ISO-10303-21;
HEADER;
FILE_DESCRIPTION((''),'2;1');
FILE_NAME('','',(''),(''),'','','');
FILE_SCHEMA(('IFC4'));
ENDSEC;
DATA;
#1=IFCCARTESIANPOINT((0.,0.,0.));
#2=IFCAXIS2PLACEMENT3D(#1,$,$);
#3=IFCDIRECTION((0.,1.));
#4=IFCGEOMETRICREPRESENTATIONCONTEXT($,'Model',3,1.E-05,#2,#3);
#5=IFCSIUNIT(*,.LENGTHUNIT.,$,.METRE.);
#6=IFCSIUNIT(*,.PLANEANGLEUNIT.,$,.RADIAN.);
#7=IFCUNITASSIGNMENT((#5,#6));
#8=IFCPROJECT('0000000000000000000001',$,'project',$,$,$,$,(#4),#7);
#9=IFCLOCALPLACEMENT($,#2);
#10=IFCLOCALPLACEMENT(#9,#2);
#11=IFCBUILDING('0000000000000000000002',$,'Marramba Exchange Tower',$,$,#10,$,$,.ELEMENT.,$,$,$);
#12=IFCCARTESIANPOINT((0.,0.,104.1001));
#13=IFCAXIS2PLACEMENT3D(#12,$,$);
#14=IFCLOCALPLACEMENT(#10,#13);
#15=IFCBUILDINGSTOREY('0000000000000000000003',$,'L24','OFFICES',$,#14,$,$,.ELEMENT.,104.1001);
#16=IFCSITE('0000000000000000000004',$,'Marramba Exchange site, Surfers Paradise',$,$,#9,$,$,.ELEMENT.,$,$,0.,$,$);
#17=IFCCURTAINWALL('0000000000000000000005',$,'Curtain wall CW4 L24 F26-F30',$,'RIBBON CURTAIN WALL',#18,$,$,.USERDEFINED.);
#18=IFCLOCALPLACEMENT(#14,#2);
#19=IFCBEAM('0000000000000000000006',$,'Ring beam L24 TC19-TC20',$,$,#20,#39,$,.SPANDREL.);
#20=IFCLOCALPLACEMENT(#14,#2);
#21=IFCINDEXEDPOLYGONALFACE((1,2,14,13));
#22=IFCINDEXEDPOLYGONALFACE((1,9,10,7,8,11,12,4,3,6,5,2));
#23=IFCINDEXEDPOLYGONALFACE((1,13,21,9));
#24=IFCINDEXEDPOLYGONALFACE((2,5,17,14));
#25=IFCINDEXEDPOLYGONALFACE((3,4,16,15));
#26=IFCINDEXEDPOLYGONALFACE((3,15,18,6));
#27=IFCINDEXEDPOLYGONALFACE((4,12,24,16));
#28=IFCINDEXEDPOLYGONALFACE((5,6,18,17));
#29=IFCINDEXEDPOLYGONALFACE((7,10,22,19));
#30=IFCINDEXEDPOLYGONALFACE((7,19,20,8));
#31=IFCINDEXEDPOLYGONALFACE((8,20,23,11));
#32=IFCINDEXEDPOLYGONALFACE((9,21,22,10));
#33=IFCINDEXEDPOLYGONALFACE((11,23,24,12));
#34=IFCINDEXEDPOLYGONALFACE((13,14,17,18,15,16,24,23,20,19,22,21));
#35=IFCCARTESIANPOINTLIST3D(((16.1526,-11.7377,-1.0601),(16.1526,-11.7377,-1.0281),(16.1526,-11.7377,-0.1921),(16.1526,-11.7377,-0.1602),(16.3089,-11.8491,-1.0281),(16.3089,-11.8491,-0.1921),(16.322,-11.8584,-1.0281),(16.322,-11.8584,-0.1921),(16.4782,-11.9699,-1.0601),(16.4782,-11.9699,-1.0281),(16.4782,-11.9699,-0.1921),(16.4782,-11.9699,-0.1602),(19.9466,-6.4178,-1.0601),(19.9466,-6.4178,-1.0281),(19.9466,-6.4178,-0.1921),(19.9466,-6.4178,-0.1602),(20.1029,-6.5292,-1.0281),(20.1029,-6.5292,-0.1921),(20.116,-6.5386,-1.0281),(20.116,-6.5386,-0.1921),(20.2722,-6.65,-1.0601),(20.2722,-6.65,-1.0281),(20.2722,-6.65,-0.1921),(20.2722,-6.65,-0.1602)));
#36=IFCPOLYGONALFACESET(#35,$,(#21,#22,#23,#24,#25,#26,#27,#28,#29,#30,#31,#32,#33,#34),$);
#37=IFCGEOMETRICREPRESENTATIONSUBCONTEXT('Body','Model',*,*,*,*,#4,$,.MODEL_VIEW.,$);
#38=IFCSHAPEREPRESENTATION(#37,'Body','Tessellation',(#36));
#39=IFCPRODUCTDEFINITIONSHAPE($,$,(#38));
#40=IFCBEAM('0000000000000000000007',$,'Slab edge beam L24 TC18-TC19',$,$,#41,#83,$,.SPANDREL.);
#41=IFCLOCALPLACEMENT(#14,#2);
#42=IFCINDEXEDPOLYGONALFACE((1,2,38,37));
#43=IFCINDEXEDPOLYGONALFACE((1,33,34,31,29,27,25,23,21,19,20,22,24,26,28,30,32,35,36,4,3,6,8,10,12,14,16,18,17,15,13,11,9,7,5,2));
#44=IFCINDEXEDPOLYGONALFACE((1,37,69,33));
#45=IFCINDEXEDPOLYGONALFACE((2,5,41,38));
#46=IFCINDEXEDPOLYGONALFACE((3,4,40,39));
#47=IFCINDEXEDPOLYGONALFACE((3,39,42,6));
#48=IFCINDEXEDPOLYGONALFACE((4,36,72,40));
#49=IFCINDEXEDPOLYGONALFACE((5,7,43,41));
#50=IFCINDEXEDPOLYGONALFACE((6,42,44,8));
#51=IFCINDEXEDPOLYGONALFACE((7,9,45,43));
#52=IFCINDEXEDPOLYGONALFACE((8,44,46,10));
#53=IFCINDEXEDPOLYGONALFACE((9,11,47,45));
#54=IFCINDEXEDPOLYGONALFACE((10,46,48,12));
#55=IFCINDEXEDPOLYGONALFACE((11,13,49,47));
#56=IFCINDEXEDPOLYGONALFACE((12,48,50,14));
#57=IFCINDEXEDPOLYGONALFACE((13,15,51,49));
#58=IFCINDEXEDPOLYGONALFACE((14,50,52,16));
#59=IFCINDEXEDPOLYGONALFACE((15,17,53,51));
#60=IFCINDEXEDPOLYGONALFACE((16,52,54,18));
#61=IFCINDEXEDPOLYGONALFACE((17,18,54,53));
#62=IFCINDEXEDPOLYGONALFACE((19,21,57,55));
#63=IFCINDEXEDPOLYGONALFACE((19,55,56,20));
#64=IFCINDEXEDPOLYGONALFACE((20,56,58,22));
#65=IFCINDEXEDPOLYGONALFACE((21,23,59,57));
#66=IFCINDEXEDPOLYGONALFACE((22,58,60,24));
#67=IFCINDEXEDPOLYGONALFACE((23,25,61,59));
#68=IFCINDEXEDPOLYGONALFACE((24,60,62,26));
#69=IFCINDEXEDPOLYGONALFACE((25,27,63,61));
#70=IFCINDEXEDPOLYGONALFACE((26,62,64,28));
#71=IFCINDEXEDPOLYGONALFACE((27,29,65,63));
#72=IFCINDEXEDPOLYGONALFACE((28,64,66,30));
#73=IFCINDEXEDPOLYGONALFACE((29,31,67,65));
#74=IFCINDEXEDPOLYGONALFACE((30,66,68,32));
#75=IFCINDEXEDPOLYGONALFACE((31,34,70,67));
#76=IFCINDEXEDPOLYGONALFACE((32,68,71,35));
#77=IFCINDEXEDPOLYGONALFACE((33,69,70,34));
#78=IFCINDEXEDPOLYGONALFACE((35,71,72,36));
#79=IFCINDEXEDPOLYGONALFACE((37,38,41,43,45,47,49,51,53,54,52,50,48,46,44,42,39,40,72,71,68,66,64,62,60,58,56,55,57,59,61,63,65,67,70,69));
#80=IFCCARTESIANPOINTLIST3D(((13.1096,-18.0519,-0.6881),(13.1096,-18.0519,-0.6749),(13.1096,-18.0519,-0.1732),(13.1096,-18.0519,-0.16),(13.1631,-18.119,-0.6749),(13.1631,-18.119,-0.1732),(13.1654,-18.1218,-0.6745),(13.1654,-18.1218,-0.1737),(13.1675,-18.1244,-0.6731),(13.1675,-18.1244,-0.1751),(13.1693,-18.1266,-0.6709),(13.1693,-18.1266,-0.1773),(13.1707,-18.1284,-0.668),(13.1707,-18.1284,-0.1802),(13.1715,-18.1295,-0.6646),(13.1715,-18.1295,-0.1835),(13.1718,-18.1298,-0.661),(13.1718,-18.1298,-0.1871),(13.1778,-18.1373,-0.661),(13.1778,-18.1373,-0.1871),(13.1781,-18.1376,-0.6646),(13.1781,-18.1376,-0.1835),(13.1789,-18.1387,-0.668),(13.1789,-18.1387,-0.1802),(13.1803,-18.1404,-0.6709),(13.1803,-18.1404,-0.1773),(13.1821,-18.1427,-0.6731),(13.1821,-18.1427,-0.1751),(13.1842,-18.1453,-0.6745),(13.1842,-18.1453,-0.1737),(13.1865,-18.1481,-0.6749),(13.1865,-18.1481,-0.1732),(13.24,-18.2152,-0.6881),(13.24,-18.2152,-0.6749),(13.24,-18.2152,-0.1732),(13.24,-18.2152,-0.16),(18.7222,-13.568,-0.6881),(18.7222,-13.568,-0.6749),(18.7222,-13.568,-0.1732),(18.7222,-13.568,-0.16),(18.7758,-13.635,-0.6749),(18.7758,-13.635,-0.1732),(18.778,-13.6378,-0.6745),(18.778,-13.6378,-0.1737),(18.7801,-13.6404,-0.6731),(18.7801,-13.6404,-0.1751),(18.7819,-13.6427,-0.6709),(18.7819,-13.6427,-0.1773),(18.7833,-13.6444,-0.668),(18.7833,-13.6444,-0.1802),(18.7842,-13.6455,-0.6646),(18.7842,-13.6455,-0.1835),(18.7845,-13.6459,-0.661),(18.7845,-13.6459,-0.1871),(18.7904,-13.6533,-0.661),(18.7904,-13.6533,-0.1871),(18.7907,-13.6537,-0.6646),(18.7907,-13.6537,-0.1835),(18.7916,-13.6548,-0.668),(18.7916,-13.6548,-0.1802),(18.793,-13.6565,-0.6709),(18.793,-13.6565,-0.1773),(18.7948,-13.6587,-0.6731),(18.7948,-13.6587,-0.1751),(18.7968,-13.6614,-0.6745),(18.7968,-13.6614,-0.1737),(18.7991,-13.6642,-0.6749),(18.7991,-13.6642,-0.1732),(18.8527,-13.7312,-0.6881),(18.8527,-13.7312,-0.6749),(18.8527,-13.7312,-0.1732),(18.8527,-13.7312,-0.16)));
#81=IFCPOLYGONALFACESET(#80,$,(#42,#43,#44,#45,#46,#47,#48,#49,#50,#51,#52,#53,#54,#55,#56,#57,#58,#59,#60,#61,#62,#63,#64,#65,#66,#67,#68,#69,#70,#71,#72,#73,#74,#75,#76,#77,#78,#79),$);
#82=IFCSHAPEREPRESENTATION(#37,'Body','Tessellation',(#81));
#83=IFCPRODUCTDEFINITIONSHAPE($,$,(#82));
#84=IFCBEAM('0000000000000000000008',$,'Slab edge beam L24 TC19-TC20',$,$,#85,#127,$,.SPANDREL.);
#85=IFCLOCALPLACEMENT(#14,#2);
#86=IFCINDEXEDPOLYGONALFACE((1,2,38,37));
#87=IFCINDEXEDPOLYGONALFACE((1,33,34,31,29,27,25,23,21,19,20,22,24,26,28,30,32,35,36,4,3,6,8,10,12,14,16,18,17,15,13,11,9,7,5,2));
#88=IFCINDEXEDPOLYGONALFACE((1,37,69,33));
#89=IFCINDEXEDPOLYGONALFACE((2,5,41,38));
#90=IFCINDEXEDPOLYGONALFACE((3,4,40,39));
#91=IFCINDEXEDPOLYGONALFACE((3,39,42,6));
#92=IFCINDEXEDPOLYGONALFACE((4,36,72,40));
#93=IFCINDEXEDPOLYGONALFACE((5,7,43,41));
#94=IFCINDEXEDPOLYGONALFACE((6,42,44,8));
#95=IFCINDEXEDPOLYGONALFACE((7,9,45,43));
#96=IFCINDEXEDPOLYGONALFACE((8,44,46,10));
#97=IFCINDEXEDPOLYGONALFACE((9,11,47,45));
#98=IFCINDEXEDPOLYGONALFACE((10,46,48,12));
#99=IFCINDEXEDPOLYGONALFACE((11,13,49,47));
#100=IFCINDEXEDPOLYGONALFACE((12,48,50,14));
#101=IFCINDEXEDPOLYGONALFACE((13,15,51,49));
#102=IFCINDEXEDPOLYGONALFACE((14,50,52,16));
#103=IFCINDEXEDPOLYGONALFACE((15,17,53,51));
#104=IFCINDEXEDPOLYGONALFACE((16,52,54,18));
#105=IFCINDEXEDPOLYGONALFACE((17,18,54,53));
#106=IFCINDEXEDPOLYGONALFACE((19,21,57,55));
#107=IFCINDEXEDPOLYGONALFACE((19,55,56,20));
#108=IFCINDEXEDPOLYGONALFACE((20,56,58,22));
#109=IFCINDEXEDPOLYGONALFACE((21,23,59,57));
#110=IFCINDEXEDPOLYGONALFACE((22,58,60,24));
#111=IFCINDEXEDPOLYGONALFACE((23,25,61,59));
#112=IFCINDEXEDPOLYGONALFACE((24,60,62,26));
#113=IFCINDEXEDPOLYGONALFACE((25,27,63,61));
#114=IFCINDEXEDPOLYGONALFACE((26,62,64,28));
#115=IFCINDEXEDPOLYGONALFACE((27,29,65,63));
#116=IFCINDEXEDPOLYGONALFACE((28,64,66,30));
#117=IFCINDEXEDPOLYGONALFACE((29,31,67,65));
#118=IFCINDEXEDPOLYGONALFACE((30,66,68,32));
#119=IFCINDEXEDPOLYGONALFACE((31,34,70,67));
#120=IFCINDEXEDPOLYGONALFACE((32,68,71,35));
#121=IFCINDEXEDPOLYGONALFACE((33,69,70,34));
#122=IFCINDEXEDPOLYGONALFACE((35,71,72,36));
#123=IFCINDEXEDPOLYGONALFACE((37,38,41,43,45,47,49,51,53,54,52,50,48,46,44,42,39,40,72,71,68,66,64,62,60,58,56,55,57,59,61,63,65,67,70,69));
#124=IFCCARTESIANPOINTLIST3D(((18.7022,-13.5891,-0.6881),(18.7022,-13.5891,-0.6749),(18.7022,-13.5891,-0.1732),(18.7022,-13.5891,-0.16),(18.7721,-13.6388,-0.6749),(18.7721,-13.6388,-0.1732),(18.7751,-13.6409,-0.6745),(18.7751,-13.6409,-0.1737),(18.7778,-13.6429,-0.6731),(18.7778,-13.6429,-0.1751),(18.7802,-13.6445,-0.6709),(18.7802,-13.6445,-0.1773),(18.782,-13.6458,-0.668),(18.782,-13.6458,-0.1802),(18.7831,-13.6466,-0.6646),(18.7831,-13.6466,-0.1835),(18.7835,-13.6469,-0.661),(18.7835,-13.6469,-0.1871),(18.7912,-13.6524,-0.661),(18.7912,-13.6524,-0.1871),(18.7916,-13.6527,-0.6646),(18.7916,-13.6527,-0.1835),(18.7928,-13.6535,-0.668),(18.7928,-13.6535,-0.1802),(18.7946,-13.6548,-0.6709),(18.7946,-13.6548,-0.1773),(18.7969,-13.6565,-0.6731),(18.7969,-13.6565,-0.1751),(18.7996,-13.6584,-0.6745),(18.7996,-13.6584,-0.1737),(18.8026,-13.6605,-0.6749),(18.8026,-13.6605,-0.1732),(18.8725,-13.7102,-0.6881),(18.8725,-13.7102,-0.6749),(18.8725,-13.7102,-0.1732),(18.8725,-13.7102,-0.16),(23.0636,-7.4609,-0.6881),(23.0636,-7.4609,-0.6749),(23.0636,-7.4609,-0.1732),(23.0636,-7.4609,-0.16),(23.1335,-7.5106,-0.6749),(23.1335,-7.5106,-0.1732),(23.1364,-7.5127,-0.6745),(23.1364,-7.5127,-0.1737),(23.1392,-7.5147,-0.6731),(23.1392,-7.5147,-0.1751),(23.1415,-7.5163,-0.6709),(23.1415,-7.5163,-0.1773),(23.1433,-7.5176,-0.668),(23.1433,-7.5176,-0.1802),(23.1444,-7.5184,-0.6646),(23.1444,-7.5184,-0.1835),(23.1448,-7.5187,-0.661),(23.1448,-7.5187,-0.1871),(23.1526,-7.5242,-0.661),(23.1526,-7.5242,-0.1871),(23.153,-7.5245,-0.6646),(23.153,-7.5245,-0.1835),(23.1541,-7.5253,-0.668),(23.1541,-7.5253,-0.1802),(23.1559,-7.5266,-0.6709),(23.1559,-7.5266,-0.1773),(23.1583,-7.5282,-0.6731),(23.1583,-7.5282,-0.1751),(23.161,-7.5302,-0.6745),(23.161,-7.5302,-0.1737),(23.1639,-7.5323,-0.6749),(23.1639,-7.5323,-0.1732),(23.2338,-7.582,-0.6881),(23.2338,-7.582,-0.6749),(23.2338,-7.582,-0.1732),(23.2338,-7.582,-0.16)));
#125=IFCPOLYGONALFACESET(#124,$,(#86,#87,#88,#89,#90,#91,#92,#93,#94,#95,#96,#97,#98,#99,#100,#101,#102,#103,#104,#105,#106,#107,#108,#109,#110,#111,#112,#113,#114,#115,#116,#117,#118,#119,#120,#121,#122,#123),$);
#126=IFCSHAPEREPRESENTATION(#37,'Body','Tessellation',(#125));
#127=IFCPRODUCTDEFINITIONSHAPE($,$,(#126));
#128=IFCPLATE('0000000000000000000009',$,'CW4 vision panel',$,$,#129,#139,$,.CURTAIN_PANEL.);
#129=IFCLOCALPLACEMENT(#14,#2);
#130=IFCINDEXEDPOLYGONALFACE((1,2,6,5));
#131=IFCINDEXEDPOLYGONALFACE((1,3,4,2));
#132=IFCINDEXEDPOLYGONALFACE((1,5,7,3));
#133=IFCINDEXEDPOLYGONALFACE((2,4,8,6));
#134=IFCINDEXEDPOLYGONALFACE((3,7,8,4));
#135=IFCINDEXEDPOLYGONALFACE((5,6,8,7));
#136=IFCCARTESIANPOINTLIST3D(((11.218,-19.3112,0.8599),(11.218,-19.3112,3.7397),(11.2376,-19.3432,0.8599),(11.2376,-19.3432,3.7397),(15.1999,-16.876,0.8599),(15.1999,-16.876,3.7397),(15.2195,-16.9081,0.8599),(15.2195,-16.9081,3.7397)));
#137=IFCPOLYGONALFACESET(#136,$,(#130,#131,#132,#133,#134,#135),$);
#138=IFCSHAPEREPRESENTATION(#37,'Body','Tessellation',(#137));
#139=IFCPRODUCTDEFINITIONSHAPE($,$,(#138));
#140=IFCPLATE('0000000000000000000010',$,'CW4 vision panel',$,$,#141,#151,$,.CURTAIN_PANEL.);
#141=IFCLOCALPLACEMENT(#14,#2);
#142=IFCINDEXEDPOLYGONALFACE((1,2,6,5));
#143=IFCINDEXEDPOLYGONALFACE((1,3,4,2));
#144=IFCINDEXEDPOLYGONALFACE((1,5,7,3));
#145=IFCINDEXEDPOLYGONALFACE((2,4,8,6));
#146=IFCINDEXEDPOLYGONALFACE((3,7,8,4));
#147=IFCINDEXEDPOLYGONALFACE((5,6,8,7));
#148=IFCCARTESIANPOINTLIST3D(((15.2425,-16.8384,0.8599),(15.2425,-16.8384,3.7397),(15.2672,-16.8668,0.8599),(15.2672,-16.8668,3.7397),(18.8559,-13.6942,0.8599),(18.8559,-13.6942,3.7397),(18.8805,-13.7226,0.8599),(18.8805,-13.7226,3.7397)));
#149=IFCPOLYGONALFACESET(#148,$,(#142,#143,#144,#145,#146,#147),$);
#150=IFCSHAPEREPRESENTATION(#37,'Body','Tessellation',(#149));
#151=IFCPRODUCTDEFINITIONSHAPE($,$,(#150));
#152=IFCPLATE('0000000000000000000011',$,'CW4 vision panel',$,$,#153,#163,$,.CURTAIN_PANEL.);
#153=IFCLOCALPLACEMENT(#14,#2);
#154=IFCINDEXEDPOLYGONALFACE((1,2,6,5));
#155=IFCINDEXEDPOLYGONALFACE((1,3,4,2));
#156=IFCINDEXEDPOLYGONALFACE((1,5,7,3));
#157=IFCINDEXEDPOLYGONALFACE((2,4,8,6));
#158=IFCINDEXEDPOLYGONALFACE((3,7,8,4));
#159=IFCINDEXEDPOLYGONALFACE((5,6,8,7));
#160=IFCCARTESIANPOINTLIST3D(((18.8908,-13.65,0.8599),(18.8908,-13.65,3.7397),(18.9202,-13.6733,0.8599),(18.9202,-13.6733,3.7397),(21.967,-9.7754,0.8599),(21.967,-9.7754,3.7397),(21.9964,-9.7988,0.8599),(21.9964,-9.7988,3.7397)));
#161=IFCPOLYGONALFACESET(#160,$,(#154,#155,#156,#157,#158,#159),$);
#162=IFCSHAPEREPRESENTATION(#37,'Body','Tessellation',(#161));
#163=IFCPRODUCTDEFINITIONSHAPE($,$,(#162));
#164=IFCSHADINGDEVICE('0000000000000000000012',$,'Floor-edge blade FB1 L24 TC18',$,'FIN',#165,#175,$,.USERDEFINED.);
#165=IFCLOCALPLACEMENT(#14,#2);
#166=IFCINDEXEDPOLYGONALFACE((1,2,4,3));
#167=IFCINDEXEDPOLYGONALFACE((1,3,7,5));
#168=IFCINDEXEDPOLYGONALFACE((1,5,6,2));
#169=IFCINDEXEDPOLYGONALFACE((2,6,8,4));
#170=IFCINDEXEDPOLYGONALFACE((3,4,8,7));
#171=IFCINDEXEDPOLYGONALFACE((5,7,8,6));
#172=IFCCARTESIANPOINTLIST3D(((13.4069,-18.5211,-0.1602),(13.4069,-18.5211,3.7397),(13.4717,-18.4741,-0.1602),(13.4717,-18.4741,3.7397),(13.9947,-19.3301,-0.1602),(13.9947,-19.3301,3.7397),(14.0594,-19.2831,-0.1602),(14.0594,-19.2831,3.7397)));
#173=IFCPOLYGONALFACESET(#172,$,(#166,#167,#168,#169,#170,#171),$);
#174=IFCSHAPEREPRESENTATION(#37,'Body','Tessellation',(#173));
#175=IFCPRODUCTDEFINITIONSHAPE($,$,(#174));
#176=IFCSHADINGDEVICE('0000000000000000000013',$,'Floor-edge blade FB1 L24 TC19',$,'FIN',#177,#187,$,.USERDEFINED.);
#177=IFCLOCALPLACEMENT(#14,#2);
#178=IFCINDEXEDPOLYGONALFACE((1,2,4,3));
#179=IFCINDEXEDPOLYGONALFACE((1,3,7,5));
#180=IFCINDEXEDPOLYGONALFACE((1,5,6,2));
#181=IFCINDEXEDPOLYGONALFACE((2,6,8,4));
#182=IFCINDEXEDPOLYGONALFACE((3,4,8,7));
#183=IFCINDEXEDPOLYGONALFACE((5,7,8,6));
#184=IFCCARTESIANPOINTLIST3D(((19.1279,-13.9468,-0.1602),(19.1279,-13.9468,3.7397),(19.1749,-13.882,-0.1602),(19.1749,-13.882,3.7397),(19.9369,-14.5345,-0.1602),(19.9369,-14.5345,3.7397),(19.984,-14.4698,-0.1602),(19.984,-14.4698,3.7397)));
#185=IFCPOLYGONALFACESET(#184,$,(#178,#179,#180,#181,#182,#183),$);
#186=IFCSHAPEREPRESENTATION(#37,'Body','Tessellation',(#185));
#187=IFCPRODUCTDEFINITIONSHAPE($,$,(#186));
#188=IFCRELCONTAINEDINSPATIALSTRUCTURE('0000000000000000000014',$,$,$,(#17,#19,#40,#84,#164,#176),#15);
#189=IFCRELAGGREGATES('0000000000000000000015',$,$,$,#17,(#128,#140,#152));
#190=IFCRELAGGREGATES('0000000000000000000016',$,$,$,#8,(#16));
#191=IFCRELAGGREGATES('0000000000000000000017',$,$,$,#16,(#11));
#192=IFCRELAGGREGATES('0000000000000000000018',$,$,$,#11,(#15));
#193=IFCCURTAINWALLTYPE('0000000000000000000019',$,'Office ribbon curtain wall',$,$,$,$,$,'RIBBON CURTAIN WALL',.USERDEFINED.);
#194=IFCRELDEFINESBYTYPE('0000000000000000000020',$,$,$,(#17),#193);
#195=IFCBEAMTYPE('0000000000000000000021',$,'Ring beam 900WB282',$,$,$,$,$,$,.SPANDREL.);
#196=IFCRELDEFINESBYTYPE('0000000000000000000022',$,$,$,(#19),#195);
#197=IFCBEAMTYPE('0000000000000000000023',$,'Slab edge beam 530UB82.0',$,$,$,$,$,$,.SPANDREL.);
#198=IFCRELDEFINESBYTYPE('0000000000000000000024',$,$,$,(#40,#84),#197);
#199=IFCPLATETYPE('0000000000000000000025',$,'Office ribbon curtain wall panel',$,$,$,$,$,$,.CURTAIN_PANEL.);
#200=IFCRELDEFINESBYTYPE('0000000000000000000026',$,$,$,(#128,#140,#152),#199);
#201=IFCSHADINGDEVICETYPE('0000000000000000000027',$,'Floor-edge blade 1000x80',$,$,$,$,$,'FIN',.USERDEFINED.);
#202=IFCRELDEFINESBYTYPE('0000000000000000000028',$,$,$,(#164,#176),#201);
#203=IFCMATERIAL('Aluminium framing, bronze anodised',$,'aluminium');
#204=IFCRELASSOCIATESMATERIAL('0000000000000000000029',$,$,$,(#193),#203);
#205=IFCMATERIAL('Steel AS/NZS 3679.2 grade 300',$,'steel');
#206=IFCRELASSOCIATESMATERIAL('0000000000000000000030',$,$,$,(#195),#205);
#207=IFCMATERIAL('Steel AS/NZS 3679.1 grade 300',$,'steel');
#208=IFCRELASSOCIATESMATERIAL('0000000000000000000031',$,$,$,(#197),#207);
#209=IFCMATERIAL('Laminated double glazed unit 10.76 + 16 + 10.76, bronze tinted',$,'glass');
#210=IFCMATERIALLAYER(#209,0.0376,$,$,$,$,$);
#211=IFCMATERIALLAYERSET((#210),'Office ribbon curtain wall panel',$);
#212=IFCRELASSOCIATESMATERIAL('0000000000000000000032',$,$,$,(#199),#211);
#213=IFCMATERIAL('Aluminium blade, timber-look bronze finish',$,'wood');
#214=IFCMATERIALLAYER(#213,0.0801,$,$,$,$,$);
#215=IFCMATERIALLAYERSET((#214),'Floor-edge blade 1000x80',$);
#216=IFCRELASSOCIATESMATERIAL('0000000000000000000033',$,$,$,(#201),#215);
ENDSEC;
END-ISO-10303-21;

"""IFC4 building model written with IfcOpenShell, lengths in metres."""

from ifc_helpers import new_model, si_unit, direction, frame, origin, origin_2d, place, context, subcontext, project, spatial, rectangle, i_section, extrude, material, layer, layer_set, material_profile, profile_set, type_object, element, aggregate, save


model = new_model("IFC4")

# Units and contexts
model_context = context("Model", 3, precision=1e-05, world=origin(), true_north=direction((0.0, 1.0)))
body_context = subcontext(model_context, "Body", "Model", "MODEL_VIEW")
ifc_project = project(units=[si_unit("LENGTHUNIT", "METRE"), si_unit("PLANEANGLEUNIT", "RADIAN")], contexts=[model_context])

# Site, building, storey
site_placement = place(None, origin())
site = spatial("IfcSite", under=ifc_project, at=site_placement, Name="Marramba Exchange site, Surfers Paradise", CompositionType="ELEMENT", RefElevation=0.0)
building_placement = place(site_placement, origin())
building = spatial("IfcBuilding", under=site, at=building_placement, Name="Marramba Exchange Tower", CompositionType="ELEMENT")
storey_placement = place(building_placement, frame((0.0, 0.0, 104.1001)))
storey = spatial("IfcBuildingStorey", under=building, at=storey_placement, Name="L24", Description="OFFICES", CompositionType="ELEMENT", Elevation=104.1001)

# Shared definitions
ifc_material_1 = material(Name="Steel AS/NZS 3679.2 grade 300", Category="steel")

# Curtain wall
ifc_material_2 = material(Name="Aluminium framing, bronze anodised", Category="aluminium")
curtain_wall_type = type_object("IfcCurtainWallType", Name="Office ribbon curtain wall", ElementType="RIBBON CURTAIN WALL", PredefinedType="USERDEFINED", material=ifc_material_2)
curtain_wall_placement = place(storey_placement, origin())
curtain_wall = element("IfcCurtainWall", 1, at=curtain_wall_placement, inside=storey, type_object=curtain_wall_type, Name="Curtain wall CW4 L24 F26-F30", ObjectType="RIBBON CURTAIN WALL", PredefinedType="USERDEFINED")

# Beams
ifc_material_profile_1 = material_profile(ifc_material_1, i_section(OverallWidth=0.3999, OverallDepth=0.8999, WebThickness=0.0161, FlangeThickness=0.032, at=origin_2d()), Name="900WB282")
ifc_profile_set_1 = profile_set([ifc_material_profile_1], Name="Steel AS/NZS 3679.2 grade 300")
beam_type_1 = type_object("IfcBeamType", Name="Ring beam 900WB282", PredefinedType="SPANDREL", material=ifc_profile_set_1)
beam_1_placement = place(storey_placement, frame((16.3154, -11.8538, -0.6101), z_axis=(0.580637, 0.814162, 0.0), x_axis=(-0.814162, 0.580637, 0.0)))
element("IfcBeam", 2, at=beam_1_placement, inside=storey, type_object=beam_type_1, Name="Ring beam L24 TC19-TC20", PredefinedType="SPANDREL", context=body_context, shape_type="SweptSolid", body=[
    extrude(i_section(OverallWidth=0.3999, OverallDepth=0.8999, WebThickness=0.0161, FlangeThickness=0.032, at=origin_2d()), origin(), (0.0, 0.0, 1.0), 6.5342),
])
ifc_material_3 = material(Name="Steel AS/NZS 3679.1 grade 300", Category="steel")
ifc_material_profile_2 = material_profile(ifc_material_3, i_section(OverallWidth=0.209, OverallDepth=0.5281, WebThickness=0.0095, FlangeThickness=0.0132, FilletRadius=0.0139, at=origin_2d()), Name="530UB82.0")
ifc_profile_set_2 = profile_set([ifc_material_profile_2], Name="Steel AS/NZS 3679.1 grade 300")
beam_type_2 = type_object("IfcBeamType", Name="Slab edge beam 530UB82.0", PredefinedType="SPANDREL", material=ifc_profile_set_2)
beam_2_placement = place(storey_placement, frame((13.1748, -18.1335, -0.4241), z_axis=(0.781286, 0.624173, 0.0), x_axis=(-0.624173, 0.781286, 0.0)))
element("IfcBeam", 3, at=beam_2_placement, inside=storey, type_object=beam_type_2, Name="Slab edge beam L24 TC18-TC19", PredefinedType="SPANDREL", context=body_context, shape_type="SweptSolid", body=[
    extrude(i_section(OverallWidth=0.209, OverallDepth=0.5281, WebThickness=0.0095, FlangeThickness=0.0132, FilletRadius=0.0139, at=origin_2d()), origin(), (0.0, 0.0, 1.0), 7.1838),
])
beam_3_placement = place(storey_placement, frame((18.7874, -13.6497, -0.4241), z_axis=(0.579834, 0.814735, 0.0), x_axis=(-0.814735, 0.579834, 0.0)))
element("IfcBeam", 4, at=beam_3_placement, inside=storey, type_object=beam_type_2, Name="Slab edge beam L24 TC19-TC20", PredefinedType="SPANDREL", context=body_context, shape_type="SweptSolid", body=[
    extrude(i_section(OverallWidth=0.209, OverallDepth=0.5281, WebThickness=0.0095, FlangeThickness=0.0132, FilletRadius=0.0139, at=origin_2d()), origin(), (0.0, 0.0, 1.0), 7.5217),
])

# Plates
ifc_material_4 = material(Name="Laminated double glazed unit 10.76 + 16 + 10.76, bronze tinted", Category="glass")
ifc_layer_1 = layer(ifc_material_4, 0.0376)
ifc_layer_set_1 = layer_set([ifc_layer_1], Name="Office ribbon curtain wall panel")
plate_type = type_object("IfcPlateType", Name="Office ribbon curtain wall panel", PredefinedType="CURTAIN_PANEL", material=ifc_layer_set_1)
plate_1_placement = place(storey_placement, frame((13.2188, -18.1096, 0.8599), z_axis=(0.0, 0.0, 1.0), x_axis=(0.853109, 0.521733, 0.0)))
plate_1 = element("IfcPlate", 5, at=plate_1_placement, type_object=plate_type, Name="CW4 vision panel", PredefinedType="CURTAIN_PANEL", context=body_context, shape_type="SweptSolid", body=[
    extrude(rectangle(XDim=4.6675, YDim=0.0376, at=origin_2d()), origin(), (0.0, 0.0, 1.0), 2.8799),
])
plate_2_placement = place(storey_placement, frame((17.0615, -15.2805, 0.8599), z_axis=(0.0, 0.0, 1.0), x_axis=(0.754386, 0.656432, 0.0)))
plate_2 = element("IfcPlate", 6, at=plate_2_placement, type_object=plate_type, Name="CW4 vision panel", PredefinedType="CURTAIN_PANEL", context=body_context, shape_type="SweptSolid", body=[
    extrude(rectangle(XDim=4.7898, YDim=0.0376, at=origin_2d()), origin(), (0.0, 0.0, 1.0), 2.8799),
])
plate_3_placement = place(storey_placement, frame((20.4436, -11.7244, 0.8599), z_axis=(0.0, 0.0, 1.0), x_axis=(0.621807, 0.78317, 0.0)))
plate_3 = element("IfcPlate", 7, at=plate_3_placement, type_object=plate_type, Name="CW4 vision panel", PredefinedType="CURTAIN_PANEL", context=body_context, shape_type="SweptSolid", body=[
    extrude(rectangle(XDim=4.9473, YDim=0.0376, at=origin_2d()), origin(), (0.0, 0.0, 1.0), 2.8799),
])
aggregate(curtain_wall, [plate_1, plate_2, plate_3])

# Shading devices
ifc_material_5 = material(Name="Aluminium blade, timber-look bronze finish", Category="wood")
ifc_layer_2 = layer(ifc_material_5, 0.0801)
ifc_layer_set_2 = layer_set([ifc_layer_2], Name="Floor-edge blade 1000x80")
shading_device_type_1 = type_object("IfcShadingDeviceType", Name="Floor-edge blade 1000x80", ElementType="FIN", PredefinedType="USERDEFINED", material=ifc_layer_set_2)
for number, where, z_axis, x_axis, name in (
    (8, (13.7332, -18.9021, -0.1602), (0.0, 0.0, 1.0), (0.587785, -0.809017, 0.0), "Floor-edge blade FB1 L24 TC18"),
    (9, (19.5559, -14.2083, -0.1602), (0.0, 0.0, 1.0), (0.809017, -0.587785, 0.0), "Floor-edge blade FB1 L24 TC19"),
):
    element("IfcShadingDevice", number, at=place(storey_placement, frame(where, z_axis=z_axis, x_axis=x_axis)), inside=storey, type_object=shading_device_type_1, Name=name, ObjectType="FIN", PredefinedType="USERDEFINED", context=body_context, shape_type="SweptSolid", body=[
        extrude(rectangle(XDim=1.0, YDim=0.0801, at=origin_2d()), origin(), (0.0, 0.0, 1.0), 3.8999),
    ])

save(model, "model.ifc")
